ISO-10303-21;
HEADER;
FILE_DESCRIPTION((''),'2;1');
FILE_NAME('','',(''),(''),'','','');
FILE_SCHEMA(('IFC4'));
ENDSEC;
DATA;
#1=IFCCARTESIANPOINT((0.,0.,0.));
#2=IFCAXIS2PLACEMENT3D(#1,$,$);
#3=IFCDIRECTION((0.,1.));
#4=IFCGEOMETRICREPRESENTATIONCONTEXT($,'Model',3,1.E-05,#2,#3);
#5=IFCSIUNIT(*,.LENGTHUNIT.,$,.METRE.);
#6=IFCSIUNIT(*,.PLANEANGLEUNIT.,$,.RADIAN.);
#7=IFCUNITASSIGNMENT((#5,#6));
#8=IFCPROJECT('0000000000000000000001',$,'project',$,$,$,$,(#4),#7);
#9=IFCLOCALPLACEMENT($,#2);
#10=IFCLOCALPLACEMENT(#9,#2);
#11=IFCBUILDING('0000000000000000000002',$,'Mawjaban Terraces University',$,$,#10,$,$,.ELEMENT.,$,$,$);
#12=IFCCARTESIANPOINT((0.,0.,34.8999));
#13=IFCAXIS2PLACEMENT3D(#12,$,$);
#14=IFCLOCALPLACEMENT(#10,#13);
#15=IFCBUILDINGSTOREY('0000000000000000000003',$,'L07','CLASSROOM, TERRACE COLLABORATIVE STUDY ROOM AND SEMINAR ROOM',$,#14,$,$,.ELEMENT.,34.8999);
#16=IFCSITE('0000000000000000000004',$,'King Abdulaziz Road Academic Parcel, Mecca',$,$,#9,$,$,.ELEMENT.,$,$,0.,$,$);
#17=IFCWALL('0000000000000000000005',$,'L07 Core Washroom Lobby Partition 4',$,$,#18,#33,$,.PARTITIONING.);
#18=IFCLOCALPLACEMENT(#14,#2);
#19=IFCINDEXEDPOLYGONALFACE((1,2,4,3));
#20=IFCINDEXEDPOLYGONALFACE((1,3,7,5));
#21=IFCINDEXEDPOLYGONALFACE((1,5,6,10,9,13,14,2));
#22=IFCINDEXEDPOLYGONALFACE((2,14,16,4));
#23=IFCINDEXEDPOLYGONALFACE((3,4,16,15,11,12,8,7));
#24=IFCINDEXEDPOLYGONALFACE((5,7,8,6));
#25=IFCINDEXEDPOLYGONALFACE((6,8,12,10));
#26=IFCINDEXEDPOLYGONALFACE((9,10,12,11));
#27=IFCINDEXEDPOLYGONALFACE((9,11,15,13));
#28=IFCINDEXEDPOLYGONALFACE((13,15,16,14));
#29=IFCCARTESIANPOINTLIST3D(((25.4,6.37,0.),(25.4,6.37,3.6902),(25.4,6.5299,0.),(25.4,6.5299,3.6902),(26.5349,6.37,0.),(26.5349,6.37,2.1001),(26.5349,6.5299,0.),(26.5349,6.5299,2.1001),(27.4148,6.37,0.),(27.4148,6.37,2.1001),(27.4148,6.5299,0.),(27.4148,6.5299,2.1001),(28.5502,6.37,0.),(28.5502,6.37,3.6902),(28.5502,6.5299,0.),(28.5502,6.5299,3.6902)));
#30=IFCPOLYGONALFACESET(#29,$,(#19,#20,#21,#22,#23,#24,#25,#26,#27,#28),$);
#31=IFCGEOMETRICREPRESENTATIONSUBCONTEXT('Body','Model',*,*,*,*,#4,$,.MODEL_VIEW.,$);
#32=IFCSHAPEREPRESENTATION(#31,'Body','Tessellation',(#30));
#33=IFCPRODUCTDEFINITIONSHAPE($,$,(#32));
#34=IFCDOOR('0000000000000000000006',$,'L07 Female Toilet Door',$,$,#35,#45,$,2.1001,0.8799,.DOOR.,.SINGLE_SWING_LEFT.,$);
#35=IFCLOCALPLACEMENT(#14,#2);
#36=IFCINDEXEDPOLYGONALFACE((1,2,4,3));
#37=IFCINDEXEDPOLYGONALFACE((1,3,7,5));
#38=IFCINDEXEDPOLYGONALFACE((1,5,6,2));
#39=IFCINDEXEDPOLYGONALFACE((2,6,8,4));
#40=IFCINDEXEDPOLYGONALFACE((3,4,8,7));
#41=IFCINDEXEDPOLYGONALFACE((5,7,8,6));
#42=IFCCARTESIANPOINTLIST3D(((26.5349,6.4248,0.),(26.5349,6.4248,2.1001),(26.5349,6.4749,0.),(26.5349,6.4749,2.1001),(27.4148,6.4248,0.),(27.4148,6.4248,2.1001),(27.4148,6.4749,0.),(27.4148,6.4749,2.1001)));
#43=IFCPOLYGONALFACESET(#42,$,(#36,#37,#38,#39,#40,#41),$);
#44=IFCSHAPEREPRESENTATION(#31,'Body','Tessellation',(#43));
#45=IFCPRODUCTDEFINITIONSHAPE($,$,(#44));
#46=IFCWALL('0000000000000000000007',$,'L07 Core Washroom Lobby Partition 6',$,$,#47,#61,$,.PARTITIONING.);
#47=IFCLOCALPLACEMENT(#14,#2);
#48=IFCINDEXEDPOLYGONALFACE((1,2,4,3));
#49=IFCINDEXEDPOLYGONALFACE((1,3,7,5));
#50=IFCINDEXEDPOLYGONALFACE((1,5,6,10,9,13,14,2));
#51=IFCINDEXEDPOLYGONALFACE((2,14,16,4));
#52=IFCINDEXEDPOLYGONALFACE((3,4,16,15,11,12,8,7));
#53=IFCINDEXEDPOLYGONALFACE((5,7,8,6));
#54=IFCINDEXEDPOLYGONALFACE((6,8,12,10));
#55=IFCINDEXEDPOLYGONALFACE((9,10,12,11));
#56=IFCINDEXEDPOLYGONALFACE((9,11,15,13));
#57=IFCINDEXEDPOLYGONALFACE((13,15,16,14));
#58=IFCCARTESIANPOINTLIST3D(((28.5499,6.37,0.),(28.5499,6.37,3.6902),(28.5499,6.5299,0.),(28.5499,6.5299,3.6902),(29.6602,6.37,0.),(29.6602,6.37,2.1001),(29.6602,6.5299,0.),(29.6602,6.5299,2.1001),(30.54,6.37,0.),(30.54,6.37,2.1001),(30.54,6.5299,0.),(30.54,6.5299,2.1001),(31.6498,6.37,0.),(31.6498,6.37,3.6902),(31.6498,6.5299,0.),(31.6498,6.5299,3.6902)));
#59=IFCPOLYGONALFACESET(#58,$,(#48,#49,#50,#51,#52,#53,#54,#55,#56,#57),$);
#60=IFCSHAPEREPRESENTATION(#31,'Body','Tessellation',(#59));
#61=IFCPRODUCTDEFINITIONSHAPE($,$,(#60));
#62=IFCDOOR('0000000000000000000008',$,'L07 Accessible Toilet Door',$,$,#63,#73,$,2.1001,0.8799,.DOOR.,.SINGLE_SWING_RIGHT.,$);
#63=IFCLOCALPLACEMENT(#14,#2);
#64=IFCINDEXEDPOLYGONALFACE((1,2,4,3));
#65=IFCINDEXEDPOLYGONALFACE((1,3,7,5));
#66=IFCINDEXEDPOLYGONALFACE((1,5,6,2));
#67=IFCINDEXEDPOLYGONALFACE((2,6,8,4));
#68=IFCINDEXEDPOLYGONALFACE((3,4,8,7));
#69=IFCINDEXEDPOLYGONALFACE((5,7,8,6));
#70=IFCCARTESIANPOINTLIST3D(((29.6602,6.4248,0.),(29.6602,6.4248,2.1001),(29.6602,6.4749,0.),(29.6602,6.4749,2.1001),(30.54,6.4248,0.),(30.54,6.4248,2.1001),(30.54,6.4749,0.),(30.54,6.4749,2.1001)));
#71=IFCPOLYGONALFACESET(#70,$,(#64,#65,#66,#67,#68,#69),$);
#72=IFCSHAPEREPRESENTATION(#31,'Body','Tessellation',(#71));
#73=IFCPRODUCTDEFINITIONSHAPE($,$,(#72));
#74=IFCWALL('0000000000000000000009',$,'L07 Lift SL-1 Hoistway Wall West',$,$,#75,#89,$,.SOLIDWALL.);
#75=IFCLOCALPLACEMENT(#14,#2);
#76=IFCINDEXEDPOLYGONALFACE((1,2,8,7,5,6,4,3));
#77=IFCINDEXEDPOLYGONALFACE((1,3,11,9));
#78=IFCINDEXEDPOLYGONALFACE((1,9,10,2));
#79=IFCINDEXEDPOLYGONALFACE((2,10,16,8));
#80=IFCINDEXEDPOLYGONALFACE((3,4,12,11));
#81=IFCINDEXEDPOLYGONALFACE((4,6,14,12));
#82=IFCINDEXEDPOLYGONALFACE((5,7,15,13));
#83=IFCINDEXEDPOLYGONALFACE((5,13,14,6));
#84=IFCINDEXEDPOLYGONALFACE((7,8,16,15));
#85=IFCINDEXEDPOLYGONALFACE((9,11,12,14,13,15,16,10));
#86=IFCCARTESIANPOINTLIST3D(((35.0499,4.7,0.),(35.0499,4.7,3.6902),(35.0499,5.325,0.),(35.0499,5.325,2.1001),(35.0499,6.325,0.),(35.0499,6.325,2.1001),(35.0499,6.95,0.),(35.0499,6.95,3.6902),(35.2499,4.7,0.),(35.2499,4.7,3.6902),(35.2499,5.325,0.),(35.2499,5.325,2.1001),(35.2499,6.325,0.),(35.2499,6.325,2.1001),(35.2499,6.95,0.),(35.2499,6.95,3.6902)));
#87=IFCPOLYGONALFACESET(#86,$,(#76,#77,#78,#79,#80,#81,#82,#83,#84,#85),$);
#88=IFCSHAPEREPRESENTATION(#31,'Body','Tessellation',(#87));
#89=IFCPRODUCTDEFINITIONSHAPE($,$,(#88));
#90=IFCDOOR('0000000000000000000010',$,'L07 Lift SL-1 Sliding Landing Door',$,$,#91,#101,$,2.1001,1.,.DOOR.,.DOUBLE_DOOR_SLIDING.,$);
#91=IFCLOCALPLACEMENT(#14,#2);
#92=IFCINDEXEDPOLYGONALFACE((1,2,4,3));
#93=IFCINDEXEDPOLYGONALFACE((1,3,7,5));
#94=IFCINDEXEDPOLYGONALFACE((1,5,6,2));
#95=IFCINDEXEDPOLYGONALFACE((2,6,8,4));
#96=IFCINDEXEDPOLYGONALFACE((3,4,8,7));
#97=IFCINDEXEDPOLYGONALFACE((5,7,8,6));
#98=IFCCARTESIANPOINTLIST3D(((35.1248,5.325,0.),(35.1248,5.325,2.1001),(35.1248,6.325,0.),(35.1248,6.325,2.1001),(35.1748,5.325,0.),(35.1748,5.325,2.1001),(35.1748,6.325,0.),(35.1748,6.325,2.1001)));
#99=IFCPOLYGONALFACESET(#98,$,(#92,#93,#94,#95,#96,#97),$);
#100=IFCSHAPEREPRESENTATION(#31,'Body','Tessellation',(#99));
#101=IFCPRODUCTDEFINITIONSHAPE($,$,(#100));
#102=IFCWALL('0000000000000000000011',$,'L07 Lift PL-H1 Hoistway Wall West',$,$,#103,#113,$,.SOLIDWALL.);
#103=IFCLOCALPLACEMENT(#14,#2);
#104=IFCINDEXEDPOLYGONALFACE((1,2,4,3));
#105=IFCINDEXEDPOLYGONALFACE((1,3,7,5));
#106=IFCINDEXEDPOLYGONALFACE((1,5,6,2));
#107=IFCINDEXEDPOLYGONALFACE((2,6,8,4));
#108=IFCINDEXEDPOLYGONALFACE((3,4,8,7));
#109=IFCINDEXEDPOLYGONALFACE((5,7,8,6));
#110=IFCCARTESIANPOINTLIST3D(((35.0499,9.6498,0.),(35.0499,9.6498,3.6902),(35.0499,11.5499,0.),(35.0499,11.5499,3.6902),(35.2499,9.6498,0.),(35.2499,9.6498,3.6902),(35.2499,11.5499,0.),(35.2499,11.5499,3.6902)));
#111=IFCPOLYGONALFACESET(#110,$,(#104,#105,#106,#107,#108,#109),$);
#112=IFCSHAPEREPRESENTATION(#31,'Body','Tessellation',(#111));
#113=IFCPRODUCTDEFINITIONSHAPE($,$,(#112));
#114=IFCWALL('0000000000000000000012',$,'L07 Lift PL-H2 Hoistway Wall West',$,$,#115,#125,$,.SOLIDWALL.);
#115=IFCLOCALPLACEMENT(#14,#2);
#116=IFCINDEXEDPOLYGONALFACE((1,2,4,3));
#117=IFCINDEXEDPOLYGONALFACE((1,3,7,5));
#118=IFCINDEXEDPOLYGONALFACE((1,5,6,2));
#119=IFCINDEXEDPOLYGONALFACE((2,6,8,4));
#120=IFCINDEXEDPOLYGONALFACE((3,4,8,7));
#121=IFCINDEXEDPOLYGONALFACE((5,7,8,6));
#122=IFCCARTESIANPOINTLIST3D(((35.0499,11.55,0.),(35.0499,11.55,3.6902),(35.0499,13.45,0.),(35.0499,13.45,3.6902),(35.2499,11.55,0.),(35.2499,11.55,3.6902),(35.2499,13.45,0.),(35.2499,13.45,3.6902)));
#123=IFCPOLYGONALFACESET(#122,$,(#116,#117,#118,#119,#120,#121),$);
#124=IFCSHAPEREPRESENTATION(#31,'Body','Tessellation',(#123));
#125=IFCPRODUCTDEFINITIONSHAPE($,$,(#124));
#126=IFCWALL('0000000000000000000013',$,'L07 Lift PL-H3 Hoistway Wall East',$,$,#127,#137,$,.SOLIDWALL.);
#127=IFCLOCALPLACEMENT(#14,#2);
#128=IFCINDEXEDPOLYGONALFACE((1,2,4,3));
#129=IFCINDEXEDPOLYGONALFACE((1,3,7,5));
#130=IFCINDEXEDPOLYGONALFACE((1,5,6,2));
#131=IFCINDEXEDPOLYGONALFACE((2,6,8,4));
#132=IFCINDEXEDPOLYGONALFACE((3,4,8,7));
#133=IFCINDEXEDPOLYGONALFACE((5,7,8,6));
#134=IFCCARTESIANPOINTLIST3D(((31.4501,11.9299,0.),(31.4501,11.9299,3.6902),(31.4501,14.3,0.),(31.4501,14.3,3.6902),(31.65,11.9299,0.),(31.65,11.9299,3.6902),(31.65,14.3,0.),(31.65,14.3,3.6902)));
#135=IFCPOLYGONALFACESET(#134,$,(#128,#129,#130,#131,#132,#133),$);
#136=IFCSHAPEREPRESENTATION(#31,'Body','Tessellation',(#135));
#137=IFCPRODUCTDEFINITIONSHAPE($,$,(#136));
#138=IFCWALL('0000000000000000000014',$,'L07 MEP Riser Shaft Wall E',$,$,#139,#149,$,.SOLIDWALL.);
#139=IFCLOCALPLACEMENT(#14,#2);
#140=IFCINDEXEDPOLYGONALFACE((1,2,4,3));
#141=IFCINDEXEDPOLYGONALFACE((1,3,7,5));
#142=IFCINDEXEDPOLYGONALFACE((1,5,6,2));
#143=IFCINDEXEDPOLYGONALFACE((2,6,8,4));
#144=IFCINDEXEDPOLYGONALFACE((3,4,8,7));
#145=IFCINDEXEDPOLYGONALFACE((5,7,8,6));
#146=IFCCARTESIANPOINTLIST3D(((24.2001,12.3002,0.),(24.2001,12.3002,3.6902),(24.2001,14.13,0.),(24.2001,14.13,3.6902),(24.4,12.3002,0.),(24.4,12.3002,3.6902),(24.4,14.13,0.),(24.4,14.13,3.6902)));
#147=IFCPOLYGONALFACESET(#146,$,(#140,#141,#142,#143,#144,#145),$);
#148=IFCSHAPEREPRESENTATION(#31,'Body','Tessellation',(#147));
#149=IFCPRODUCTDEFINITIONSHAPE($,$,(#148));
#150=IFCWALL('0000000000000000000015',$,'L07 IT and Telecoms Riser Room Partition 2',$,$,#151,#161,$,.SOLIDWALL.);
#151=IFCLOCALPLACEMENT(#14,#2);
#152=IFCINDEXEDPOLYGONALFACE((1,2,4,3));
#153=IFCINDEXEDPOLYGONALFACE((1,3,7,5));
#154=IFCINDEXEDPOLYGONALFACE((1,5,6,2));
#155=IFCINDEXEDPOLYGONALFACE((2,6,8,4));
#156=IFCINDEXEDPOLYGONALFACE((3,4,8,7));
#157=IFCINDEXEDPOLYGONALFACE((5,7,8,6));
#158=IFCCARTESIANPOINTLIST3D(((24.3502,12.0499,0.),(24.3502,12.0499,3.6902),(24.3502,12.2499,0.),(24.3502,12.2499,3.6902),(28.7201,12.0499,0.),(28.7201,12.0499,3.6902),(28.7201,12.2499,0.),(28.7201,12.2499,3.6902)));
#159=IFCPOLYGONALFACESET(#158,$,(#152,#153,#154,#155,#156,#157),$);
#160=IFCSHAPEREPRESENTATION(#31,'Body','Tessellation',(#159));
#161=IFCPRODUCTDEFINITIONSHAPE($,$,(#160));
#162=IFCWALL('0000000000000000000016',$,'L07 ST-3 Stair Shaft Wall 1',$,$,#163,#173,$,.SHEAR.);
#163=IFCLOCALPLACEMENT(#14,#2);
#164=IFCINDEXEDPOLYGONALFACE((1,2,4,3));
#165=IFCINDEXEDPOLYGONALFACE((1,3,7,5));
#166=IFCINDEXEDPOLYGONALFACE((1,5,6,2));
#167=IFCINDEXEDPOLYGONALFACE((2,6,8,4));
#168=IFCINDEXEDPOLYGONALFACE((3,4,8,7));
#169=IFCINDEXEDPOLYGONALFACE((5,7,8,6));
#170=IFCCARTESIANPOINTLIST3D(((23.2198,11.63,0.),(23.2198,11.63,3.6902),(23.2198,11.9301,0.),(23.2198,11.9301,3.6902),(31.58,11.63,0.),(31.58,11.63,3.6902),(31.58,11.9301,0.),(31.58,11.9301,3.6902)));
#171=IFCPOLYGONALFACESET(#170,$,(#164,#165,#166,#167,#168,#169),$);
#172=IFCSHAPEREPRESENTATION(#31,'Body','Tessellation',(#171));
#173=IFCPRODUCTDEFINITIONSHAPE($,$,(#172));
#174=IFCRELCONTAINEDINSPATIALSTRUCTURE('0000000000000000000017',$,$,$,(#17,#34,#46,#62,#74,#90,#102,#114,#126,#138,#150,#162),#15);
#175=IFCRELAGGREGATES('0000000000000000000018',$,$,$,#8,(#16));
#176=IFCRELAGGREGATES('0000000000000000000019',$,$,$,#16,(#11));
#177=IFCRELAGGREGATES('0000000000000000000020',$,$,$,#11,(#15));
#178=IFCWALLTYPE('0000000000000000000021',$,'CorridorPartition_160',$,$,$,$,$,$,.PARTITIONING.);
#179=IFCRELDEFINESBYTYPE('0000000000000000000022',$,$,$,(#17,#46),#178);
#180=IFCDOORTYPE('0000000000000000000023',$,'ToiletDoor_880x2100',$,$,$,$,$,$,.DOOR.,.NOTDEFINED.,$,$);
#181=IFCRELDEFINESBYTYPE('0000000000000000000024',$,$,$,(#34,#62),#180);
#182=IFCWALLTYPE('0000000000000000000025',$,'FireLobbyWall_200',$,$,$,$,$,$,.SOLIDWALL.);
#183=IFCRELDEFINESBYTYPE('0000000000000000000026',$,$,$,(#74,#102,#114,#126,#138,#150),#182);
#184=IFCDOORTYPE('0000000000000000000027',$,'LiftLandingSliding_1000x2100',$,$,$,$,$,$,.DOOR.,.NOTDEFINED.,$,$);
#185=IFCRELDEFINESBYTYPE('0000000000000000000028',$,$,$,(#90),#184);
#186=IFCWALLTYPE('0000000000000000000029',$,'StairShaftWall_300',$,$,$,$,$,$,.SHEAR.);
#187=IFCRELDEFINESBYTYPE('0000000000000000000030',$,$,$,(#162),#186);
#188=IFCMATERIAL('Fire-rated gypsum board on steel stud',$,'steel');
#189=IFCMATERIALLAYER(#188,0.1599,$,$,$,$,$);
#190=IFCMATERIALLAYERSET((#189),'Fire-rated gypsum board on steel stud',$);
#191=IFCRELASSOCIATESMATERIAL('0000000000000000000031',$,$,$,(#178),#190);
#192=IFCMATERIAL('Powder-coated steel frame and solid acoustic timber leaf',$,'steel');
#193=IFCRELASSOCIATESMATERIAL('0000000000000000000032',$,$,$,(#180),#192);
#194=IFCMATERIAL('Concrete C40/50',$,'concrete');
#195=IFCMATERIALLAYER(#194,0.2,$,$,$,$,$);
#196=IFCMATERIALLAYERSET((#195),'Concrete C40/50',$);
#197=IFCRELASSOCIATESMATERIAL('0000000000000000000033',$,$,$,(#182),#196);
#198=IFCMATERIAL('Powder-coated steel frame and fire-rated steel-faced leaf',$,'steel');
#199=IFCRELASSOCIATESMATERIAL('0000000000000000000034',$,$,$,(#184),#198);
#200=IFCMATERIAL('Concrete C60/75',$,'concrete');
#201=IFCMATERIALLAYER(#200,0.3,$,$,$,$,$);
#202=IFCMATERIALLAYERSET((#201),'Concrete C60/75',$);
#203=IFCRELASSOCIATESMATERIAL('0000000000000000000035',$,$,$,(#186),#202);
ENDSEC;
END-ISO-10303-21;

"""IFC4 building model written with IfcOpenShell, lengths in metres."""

from ifc_helpers import new_model, si_unit, direction, frame, frame_2d, origin, place, context, subcontext, project, spatial, rectangle, extrude, material, layer, layer_set, type_object, element, fill, save


model = new_model("IFC4")

# Units and contexts
model_context = context("Model", 3, precision=1e-05, world=origin(), true_north=direction((0.0, 1.0)))
body_context = subcontext(model_context, "Body", "Model", "MODEL_VIEW")
ifc_project = project(units=[si_unit("LENGTHUNIT", "METRE"), si_unit("PLANEANGLEUNIT", "RADIAN")], contexts=[model_context])

# Site, building, storey
site_placement = place(None, origin())
site = spatial("IfcSite", under=ifc_project, at=site_placement, Name="King Abdulaziz Road Academic Parcel, Mecca", CompositionType="ELEMENT", RefElevation=0.0)
building_placement = place(site_placement, origin())
building = spatial("IfcBuilding", under=site, at=building_placement, Name="Mawjaban Terraces University", CompositionType="ELEMENT")
storey_placement = place(building_placement, frame((0.0, 0.0, 34.8999)))
storey = spatial("IfcBuildingStorey", under=building, at=storey_placement, Name="L07", Description="CLASSROOM, TERRACE COLLABORATIVE STUDY ROOM AND SEMINAR ROOM", CompositionType="ELEMENT", Elevation=34.8999)

# Walls, openings, doors
ifc_material_1 = material(Name="Fire-rated gypsum board on steel stud", Category="steel")
ifc_layer_1 = layer(ifc_material_1, 0.1599)
ifc_layer_set_1 = layer_set([ifc_layer_1], Name="Fire-rated gypsum board on steel stud")
wall_type_1 = type_object("IfcWallType", Name="CorridorPartition_160", PredefinedType="PARTITIONING", material=ifc_layer_set_1)
wall_1_placement = place(storey_placement, frame((25.3999, 6.45, 0.0), z_axis=(0.0, 0.0, 1.0), x_axis=(1.0, 0.0, 0.0)))
wall_1 = element("IfcWall", 1, at=wall_1_placement, inside=storey, type_object=wall_type_1, Name="L07 Core Washroom Lobby Partition 4", PredefinedType="PARTITIONING", context=body_context, shape_type="SweptSolid", body=[
    extrude(rectangle(XDim=3.1501, YDim=0.1599, at=frame_2d((1.5752, 0.0))), origin(), (0.0, 0.0, 1.0), 3.6902),
])
opening_1_placement = place(wall_1_placement, frame((1.135, 0.0, 0.0)))
opening_1 = element("IfcOpeningElement", 2, at=opening_1_placement, cuts=wall_1, PredefinedType="OPENING", context=body_context, shape_type="SweptSolid", body=[
    extrude(rectangle(XDim=0.8799, YDim=2.1001, at=frame_2d((0.4399, 1.05))), frame((0.0, 0.0898, 0.0), z_axis=(0.0, -1.0, 0.0), x_axis=(1.0, 0.0, 0.0)), (0.0, 0.0, 1.0), 0.1799),
])
ifc_material_2 = material(Name="Powder-coated steel frame and solid acoustic timber leaf", Category="steel")
door_type_1 = type_object("IfcDoorType", Name="ToiletDoor_880x2100", OperationType="NOTDEFINED", PredefinedType="DOOR", material=ifc_material_2)
door_1_placement = place(opening_1_placement, origin())
door_1 = element("IfcDoor", 3, at=door_1_placement, inside=storey, type_object=door_type_1, Name="L07 Female Toilet Door", OperationType="SINGLE_SWING_LEFT", OverallHeight=2.1001, OverallWidth=0.8799, PredefinedType="DOOR", context=body_context, shape_type="SweptSolid", body=[
    extrude(rectangle(XDim=0.8799, YDim=2.1001, at=frame_2d((0.4399, 1.05))), frame((0.0, 0.0249, 0.0), z_axis=(0.0, -1.0, 0.0), x_axis=(1.0, 0.0, 0.0)), (0.0, 0.0, 1.0), 0.05),
])
fill(opening_1, door_1)
wall_2_placement = place(storey_placement, frame((28.55, 6.45, 0.0), z_axis=(0.0, 0.0, 1.0), x_axis=(1.0, 0.0, 0.0)))
wall_2 = element("IfcWall", 4, at=wall_2_placement, inside=storey, type_object=wall_type_1, Name="L07 Core Washroom Lobby Partition 6", PredefinedType="PARTITIONING", context=body_context, shape_type="SweptSolid", body=[
    extrude(rectangle(XDim=3.0999, YDim=0.1599, at=frame_2d((1.5498, 0.0))), origin(), (0.0, 0.0, 1.0), 3.6902),
])
opening_2_placement = place(wall_2_placement, frame((1.1101, 0.0, 0.0)))
opening_2 = element("IfcOpeningElement", 5, at=opening_2_placement, cuts=wall_2, PredefinedType="OPENING", context=body_context, shape_type="SweptSolid", body=[
    extrude(rectangle(XDim=0.8799, YDim=2.1001, at=frame_2d((0.4399, 1.05))), frame((0.0, 0.0898, 0.0), z_axis=(0.0, -1.0, 0.0), x_axis=(1.0, 0.0, 0.0)), (0.0, 0.0, 1.0), 0.1799),
])
door_2_placement = place(opening_2_placement, origin())
door_2 = element("IfcDoor", 6, at=door_2_placement, inside=storey, type_object=door_type_1, Name="L07 Accessible Toilet Door", OperationType="SINGLE_SWING_RIGHT", OverallHeight=2.1001, OverallWidth=0.8799, PredefinedType="DOOR", context=body_context, shape_type="SweptSolid", body=[
    extrude(rectangle(XDim=0.8799, YDim=2.1001, at=frame_2d((0.4399, 1.05))), frame((0.0, 0.0249, 0.0), z_axis=(0.0, -1.0, 0.0), x_axis=(1.0, 0.0, 0.0)), (0.0, 0.0, 1.0), 0.05),
])
fill(opening_2, door_2)
ifc_material_3 = material(Name="Concrete C40/50", Category="concrete")
ifc_layer_2 = layer(ifc_material_3, 0.2)
ifc_layer_set_2 = layer_set([ifc_layer_2], Name="Concrete C40/50")
wall_type_2 = type_object("IfcWallType", Name="FireLobbyWall_200", PredefinedType="SOLIDWALL", material=ifc_layer_set_2)
wall_3_placement = place(storey_placement, frame((35.1499, 6.95, 0.0), z_axis=(0.0, 0.0, 1.0), x_axis=(0.0, -1.0, 0.0)))
wall_3 = element("IfcWall", 7, at=wall_3_placement, inside=storey, type_object=wall_type_2, Name="L07 Lift SL-1 Hoistway Wall West", PredefinedType="SOLIDWALL", context=body_context, shape_type="SweptSolid", body=[
    extrude(rectangle(XDim=2.25, YDim=0.2, at=frame_2d((1.125, 0.0))), origin(), (0.0, 0.0, 1.0), 3.6902),
])
opening_3_placement = place(wall_3_placement, frame((0.625, 0.0, 0.0)))
opening_3 = element("IfcOpeningElement", 8, at=opening_3_placement, cuts=wall_3, PredefinedType="OPENING", context=body_context, shape_type="SweptSolid", body=[
    extrude(rectangle(XDim=1.0, YDim=2.1001, at=frame_2d((0.5, 1.05))), frame((0.0, 0.1099, 0.0), z_axis=(0.0, -1.0, 0.0), x_axis=(1.0, 0.0, 0.0)), (0.0, 0.0, 1.0), 0.22),
])
ifc_material_4 = material(Name="Powder-coated steel frame and fire-rated steel-faced leaf", Category="steel")
door_type_2 = type_object("IfcDoorType", Name="LiftLandingSliding_1000x2100", OperationType="NOTDEFINED", PredefinedType="DOOR", material=ifc_material_4)
door_3_placement = place(opening_3_placement, origin())
door_3 = element("IfcDoor", 9, at=door_3_placement, inside=storey, type_object=door_type_2, Name="L07 Lift SL-1 Sliding Landing Door", OperationType="DOUBLE_DOOR_SLIDING", OverallHeight=2.1001, OverallWidth=1.0, PredefinedType="DOOR", context=body_context, shape_type="SweptSolid", body=[
    extrude(rectangle(XDim=1.0, YDim=2.1001, at=frame_2d((0.5, 1.05))), frame((0.0, 0.0249, 0.0), z_axis=(0.0, -1.0, 0.0), x_axis=(1.0, 0.0, 0.0)), (0.0, 0.0, 1.0), 0.05),
])
fill(opening_3, door_3)

# Walls
wall_4_placement = place(storey_placement, frame((35.1499, 11.55, 0.0), z_axis=(0.0, 0.0, 1.0), x_axis=(0.0, -1.0, 0.0)))
element("IfcWall", 10, at=wall_4_placement, inside=storey, type_object=wall_type_2, Name="L07 Lift PL-H1 Hoistway Wall West", PredefinedType="SOLIDWALL", context=body_context, shape_type="SweptSolid", body=[
    extrude(rectangle(XDim=1.9001, YDim=0.2, at=frame_2d((0.9502, 0.0))), origin(), (0.0, 0.0, 1.0), 3.6902),
])
wall_5_placement = place(storey_placement, frame((35.1499, 13.45, 0.0), z_axis=(0.0, 0.0, 1.0), x_axis=(0.0, -1.0, 0.0)))
element("IfcWall", 11, at=wall_5_placement, inside=storey, type_object=wall_type_2, Name="L07 Lift PL-H2 Hoistway Wall West", PredefinedType="SOLIDWALL", context=body_context, shape_type="SweptSolid", body=[
    extrude(rectangle(XDim=1.8999, YDim=0.2, at=frame_2d((0.95, 0.0))), origin(), (0.0, 0.0, 1.0), 3.6902),
])
wall_6_placement = place(storey_placement, frame((31.55, 11.9299, 0.0), z_axis=(0.0, 0.0, 1.0), x_axis=(0.0, 1.0, 0.0)))
element("IfcWall", 12, at=wall_6_placement, inside=storey, type_object=wall_type_2, Name="L07 Lift PL-H3 Hoistway Wall East", PredefinedType="SOLIDWALL", context=body_context, shape_type="SweptSolid", body=[
    extrude(rectangle(XDim=2.3701, YDim=0.2, at=frame_2d((1.1851, 0.0))), origin(), (0.0, 0.0, 1.0), 3.6902),
])
wall_7_placement = place(storey_placement, frame((24.3, 12.3, 0.0), z_axis=(0.0, 0.0, 1.0), x_axis=(0.0, 1.0, 0.0)))
element("IfcWall", 13, at=wall_7_placement, inside=storey, type_object=wall_type_2, Name="L07 MEP Riser Shaft Wall E", PredefinedType="SOLIDWALL", context=body_context, shape_type="SweptSolid", body=[
    extrude(rectangle(XDim=1.8298, YDim=0.2, at=frame_2d((0.915, 0.0))), origin(), (0.0, 0.0, 1.0), 3.6902),
])
wall_8_placement = place(storey_placement, frame((24.3501, 12.1499, 0.0), z_axis=(0.0, 0.0, 1.0), x_axis=(1.0, 0.0, 0.0)))
element("IfcWall", 14, at=wall_8_placement, inside=storey, type_object=wall_type_2, Name="L07 IT and Telecoms Riser Room Partition 2", PredefinedType="SOLIDWALL", context=body_context, shape_type="SweptSolid", body=[
    extrude(rectangle(XDim=4.3699, YDim=0.2, at=frame_2d((2.1851, 0.0))), origin(), (0.0, 0.0, 1.0), 3.6902),
])
ifc_material_5 = material(Name="Concrete C60/75", Category="concrete")
ifc_layer_3 = layer(ifc_material_5, 0.3)
ifc_layer_set_3 = layer_set([ifc_layer_3], Name="Concrete C60/75")
wall_type_3 = type_object("IfcWallType", Name="StairShaftWall_300", PredefinedType="SHEAR", material=ifc_layer_set_3)
for number, where, z_axis, x_axis, name in (
    (15, (31.5801, 11.78, 0.0), (0.0, 0.0, 1.0), (-1.0, 0.0, 0.0), "L07 ST-3 Stair Shaft Wall 1"),
):
    element("IfcWall", number, at=place(storey_placement, frame(where, z_axis=z_axis, x_axis=x_axis)), inside=storey, type_object=wall_type_3, Name=name, PredefinedType="SHEAR", context=body_context, shape_type="SweptSolid", body=[
        extrude(rectangle(XDim=8.3601, YDim=0.3, at=frame_2d((4.1802, 0.0))), origin(), (0.0, 0.0, 1.0), 3.6902),
    ])

save(model, "model.ifc")
